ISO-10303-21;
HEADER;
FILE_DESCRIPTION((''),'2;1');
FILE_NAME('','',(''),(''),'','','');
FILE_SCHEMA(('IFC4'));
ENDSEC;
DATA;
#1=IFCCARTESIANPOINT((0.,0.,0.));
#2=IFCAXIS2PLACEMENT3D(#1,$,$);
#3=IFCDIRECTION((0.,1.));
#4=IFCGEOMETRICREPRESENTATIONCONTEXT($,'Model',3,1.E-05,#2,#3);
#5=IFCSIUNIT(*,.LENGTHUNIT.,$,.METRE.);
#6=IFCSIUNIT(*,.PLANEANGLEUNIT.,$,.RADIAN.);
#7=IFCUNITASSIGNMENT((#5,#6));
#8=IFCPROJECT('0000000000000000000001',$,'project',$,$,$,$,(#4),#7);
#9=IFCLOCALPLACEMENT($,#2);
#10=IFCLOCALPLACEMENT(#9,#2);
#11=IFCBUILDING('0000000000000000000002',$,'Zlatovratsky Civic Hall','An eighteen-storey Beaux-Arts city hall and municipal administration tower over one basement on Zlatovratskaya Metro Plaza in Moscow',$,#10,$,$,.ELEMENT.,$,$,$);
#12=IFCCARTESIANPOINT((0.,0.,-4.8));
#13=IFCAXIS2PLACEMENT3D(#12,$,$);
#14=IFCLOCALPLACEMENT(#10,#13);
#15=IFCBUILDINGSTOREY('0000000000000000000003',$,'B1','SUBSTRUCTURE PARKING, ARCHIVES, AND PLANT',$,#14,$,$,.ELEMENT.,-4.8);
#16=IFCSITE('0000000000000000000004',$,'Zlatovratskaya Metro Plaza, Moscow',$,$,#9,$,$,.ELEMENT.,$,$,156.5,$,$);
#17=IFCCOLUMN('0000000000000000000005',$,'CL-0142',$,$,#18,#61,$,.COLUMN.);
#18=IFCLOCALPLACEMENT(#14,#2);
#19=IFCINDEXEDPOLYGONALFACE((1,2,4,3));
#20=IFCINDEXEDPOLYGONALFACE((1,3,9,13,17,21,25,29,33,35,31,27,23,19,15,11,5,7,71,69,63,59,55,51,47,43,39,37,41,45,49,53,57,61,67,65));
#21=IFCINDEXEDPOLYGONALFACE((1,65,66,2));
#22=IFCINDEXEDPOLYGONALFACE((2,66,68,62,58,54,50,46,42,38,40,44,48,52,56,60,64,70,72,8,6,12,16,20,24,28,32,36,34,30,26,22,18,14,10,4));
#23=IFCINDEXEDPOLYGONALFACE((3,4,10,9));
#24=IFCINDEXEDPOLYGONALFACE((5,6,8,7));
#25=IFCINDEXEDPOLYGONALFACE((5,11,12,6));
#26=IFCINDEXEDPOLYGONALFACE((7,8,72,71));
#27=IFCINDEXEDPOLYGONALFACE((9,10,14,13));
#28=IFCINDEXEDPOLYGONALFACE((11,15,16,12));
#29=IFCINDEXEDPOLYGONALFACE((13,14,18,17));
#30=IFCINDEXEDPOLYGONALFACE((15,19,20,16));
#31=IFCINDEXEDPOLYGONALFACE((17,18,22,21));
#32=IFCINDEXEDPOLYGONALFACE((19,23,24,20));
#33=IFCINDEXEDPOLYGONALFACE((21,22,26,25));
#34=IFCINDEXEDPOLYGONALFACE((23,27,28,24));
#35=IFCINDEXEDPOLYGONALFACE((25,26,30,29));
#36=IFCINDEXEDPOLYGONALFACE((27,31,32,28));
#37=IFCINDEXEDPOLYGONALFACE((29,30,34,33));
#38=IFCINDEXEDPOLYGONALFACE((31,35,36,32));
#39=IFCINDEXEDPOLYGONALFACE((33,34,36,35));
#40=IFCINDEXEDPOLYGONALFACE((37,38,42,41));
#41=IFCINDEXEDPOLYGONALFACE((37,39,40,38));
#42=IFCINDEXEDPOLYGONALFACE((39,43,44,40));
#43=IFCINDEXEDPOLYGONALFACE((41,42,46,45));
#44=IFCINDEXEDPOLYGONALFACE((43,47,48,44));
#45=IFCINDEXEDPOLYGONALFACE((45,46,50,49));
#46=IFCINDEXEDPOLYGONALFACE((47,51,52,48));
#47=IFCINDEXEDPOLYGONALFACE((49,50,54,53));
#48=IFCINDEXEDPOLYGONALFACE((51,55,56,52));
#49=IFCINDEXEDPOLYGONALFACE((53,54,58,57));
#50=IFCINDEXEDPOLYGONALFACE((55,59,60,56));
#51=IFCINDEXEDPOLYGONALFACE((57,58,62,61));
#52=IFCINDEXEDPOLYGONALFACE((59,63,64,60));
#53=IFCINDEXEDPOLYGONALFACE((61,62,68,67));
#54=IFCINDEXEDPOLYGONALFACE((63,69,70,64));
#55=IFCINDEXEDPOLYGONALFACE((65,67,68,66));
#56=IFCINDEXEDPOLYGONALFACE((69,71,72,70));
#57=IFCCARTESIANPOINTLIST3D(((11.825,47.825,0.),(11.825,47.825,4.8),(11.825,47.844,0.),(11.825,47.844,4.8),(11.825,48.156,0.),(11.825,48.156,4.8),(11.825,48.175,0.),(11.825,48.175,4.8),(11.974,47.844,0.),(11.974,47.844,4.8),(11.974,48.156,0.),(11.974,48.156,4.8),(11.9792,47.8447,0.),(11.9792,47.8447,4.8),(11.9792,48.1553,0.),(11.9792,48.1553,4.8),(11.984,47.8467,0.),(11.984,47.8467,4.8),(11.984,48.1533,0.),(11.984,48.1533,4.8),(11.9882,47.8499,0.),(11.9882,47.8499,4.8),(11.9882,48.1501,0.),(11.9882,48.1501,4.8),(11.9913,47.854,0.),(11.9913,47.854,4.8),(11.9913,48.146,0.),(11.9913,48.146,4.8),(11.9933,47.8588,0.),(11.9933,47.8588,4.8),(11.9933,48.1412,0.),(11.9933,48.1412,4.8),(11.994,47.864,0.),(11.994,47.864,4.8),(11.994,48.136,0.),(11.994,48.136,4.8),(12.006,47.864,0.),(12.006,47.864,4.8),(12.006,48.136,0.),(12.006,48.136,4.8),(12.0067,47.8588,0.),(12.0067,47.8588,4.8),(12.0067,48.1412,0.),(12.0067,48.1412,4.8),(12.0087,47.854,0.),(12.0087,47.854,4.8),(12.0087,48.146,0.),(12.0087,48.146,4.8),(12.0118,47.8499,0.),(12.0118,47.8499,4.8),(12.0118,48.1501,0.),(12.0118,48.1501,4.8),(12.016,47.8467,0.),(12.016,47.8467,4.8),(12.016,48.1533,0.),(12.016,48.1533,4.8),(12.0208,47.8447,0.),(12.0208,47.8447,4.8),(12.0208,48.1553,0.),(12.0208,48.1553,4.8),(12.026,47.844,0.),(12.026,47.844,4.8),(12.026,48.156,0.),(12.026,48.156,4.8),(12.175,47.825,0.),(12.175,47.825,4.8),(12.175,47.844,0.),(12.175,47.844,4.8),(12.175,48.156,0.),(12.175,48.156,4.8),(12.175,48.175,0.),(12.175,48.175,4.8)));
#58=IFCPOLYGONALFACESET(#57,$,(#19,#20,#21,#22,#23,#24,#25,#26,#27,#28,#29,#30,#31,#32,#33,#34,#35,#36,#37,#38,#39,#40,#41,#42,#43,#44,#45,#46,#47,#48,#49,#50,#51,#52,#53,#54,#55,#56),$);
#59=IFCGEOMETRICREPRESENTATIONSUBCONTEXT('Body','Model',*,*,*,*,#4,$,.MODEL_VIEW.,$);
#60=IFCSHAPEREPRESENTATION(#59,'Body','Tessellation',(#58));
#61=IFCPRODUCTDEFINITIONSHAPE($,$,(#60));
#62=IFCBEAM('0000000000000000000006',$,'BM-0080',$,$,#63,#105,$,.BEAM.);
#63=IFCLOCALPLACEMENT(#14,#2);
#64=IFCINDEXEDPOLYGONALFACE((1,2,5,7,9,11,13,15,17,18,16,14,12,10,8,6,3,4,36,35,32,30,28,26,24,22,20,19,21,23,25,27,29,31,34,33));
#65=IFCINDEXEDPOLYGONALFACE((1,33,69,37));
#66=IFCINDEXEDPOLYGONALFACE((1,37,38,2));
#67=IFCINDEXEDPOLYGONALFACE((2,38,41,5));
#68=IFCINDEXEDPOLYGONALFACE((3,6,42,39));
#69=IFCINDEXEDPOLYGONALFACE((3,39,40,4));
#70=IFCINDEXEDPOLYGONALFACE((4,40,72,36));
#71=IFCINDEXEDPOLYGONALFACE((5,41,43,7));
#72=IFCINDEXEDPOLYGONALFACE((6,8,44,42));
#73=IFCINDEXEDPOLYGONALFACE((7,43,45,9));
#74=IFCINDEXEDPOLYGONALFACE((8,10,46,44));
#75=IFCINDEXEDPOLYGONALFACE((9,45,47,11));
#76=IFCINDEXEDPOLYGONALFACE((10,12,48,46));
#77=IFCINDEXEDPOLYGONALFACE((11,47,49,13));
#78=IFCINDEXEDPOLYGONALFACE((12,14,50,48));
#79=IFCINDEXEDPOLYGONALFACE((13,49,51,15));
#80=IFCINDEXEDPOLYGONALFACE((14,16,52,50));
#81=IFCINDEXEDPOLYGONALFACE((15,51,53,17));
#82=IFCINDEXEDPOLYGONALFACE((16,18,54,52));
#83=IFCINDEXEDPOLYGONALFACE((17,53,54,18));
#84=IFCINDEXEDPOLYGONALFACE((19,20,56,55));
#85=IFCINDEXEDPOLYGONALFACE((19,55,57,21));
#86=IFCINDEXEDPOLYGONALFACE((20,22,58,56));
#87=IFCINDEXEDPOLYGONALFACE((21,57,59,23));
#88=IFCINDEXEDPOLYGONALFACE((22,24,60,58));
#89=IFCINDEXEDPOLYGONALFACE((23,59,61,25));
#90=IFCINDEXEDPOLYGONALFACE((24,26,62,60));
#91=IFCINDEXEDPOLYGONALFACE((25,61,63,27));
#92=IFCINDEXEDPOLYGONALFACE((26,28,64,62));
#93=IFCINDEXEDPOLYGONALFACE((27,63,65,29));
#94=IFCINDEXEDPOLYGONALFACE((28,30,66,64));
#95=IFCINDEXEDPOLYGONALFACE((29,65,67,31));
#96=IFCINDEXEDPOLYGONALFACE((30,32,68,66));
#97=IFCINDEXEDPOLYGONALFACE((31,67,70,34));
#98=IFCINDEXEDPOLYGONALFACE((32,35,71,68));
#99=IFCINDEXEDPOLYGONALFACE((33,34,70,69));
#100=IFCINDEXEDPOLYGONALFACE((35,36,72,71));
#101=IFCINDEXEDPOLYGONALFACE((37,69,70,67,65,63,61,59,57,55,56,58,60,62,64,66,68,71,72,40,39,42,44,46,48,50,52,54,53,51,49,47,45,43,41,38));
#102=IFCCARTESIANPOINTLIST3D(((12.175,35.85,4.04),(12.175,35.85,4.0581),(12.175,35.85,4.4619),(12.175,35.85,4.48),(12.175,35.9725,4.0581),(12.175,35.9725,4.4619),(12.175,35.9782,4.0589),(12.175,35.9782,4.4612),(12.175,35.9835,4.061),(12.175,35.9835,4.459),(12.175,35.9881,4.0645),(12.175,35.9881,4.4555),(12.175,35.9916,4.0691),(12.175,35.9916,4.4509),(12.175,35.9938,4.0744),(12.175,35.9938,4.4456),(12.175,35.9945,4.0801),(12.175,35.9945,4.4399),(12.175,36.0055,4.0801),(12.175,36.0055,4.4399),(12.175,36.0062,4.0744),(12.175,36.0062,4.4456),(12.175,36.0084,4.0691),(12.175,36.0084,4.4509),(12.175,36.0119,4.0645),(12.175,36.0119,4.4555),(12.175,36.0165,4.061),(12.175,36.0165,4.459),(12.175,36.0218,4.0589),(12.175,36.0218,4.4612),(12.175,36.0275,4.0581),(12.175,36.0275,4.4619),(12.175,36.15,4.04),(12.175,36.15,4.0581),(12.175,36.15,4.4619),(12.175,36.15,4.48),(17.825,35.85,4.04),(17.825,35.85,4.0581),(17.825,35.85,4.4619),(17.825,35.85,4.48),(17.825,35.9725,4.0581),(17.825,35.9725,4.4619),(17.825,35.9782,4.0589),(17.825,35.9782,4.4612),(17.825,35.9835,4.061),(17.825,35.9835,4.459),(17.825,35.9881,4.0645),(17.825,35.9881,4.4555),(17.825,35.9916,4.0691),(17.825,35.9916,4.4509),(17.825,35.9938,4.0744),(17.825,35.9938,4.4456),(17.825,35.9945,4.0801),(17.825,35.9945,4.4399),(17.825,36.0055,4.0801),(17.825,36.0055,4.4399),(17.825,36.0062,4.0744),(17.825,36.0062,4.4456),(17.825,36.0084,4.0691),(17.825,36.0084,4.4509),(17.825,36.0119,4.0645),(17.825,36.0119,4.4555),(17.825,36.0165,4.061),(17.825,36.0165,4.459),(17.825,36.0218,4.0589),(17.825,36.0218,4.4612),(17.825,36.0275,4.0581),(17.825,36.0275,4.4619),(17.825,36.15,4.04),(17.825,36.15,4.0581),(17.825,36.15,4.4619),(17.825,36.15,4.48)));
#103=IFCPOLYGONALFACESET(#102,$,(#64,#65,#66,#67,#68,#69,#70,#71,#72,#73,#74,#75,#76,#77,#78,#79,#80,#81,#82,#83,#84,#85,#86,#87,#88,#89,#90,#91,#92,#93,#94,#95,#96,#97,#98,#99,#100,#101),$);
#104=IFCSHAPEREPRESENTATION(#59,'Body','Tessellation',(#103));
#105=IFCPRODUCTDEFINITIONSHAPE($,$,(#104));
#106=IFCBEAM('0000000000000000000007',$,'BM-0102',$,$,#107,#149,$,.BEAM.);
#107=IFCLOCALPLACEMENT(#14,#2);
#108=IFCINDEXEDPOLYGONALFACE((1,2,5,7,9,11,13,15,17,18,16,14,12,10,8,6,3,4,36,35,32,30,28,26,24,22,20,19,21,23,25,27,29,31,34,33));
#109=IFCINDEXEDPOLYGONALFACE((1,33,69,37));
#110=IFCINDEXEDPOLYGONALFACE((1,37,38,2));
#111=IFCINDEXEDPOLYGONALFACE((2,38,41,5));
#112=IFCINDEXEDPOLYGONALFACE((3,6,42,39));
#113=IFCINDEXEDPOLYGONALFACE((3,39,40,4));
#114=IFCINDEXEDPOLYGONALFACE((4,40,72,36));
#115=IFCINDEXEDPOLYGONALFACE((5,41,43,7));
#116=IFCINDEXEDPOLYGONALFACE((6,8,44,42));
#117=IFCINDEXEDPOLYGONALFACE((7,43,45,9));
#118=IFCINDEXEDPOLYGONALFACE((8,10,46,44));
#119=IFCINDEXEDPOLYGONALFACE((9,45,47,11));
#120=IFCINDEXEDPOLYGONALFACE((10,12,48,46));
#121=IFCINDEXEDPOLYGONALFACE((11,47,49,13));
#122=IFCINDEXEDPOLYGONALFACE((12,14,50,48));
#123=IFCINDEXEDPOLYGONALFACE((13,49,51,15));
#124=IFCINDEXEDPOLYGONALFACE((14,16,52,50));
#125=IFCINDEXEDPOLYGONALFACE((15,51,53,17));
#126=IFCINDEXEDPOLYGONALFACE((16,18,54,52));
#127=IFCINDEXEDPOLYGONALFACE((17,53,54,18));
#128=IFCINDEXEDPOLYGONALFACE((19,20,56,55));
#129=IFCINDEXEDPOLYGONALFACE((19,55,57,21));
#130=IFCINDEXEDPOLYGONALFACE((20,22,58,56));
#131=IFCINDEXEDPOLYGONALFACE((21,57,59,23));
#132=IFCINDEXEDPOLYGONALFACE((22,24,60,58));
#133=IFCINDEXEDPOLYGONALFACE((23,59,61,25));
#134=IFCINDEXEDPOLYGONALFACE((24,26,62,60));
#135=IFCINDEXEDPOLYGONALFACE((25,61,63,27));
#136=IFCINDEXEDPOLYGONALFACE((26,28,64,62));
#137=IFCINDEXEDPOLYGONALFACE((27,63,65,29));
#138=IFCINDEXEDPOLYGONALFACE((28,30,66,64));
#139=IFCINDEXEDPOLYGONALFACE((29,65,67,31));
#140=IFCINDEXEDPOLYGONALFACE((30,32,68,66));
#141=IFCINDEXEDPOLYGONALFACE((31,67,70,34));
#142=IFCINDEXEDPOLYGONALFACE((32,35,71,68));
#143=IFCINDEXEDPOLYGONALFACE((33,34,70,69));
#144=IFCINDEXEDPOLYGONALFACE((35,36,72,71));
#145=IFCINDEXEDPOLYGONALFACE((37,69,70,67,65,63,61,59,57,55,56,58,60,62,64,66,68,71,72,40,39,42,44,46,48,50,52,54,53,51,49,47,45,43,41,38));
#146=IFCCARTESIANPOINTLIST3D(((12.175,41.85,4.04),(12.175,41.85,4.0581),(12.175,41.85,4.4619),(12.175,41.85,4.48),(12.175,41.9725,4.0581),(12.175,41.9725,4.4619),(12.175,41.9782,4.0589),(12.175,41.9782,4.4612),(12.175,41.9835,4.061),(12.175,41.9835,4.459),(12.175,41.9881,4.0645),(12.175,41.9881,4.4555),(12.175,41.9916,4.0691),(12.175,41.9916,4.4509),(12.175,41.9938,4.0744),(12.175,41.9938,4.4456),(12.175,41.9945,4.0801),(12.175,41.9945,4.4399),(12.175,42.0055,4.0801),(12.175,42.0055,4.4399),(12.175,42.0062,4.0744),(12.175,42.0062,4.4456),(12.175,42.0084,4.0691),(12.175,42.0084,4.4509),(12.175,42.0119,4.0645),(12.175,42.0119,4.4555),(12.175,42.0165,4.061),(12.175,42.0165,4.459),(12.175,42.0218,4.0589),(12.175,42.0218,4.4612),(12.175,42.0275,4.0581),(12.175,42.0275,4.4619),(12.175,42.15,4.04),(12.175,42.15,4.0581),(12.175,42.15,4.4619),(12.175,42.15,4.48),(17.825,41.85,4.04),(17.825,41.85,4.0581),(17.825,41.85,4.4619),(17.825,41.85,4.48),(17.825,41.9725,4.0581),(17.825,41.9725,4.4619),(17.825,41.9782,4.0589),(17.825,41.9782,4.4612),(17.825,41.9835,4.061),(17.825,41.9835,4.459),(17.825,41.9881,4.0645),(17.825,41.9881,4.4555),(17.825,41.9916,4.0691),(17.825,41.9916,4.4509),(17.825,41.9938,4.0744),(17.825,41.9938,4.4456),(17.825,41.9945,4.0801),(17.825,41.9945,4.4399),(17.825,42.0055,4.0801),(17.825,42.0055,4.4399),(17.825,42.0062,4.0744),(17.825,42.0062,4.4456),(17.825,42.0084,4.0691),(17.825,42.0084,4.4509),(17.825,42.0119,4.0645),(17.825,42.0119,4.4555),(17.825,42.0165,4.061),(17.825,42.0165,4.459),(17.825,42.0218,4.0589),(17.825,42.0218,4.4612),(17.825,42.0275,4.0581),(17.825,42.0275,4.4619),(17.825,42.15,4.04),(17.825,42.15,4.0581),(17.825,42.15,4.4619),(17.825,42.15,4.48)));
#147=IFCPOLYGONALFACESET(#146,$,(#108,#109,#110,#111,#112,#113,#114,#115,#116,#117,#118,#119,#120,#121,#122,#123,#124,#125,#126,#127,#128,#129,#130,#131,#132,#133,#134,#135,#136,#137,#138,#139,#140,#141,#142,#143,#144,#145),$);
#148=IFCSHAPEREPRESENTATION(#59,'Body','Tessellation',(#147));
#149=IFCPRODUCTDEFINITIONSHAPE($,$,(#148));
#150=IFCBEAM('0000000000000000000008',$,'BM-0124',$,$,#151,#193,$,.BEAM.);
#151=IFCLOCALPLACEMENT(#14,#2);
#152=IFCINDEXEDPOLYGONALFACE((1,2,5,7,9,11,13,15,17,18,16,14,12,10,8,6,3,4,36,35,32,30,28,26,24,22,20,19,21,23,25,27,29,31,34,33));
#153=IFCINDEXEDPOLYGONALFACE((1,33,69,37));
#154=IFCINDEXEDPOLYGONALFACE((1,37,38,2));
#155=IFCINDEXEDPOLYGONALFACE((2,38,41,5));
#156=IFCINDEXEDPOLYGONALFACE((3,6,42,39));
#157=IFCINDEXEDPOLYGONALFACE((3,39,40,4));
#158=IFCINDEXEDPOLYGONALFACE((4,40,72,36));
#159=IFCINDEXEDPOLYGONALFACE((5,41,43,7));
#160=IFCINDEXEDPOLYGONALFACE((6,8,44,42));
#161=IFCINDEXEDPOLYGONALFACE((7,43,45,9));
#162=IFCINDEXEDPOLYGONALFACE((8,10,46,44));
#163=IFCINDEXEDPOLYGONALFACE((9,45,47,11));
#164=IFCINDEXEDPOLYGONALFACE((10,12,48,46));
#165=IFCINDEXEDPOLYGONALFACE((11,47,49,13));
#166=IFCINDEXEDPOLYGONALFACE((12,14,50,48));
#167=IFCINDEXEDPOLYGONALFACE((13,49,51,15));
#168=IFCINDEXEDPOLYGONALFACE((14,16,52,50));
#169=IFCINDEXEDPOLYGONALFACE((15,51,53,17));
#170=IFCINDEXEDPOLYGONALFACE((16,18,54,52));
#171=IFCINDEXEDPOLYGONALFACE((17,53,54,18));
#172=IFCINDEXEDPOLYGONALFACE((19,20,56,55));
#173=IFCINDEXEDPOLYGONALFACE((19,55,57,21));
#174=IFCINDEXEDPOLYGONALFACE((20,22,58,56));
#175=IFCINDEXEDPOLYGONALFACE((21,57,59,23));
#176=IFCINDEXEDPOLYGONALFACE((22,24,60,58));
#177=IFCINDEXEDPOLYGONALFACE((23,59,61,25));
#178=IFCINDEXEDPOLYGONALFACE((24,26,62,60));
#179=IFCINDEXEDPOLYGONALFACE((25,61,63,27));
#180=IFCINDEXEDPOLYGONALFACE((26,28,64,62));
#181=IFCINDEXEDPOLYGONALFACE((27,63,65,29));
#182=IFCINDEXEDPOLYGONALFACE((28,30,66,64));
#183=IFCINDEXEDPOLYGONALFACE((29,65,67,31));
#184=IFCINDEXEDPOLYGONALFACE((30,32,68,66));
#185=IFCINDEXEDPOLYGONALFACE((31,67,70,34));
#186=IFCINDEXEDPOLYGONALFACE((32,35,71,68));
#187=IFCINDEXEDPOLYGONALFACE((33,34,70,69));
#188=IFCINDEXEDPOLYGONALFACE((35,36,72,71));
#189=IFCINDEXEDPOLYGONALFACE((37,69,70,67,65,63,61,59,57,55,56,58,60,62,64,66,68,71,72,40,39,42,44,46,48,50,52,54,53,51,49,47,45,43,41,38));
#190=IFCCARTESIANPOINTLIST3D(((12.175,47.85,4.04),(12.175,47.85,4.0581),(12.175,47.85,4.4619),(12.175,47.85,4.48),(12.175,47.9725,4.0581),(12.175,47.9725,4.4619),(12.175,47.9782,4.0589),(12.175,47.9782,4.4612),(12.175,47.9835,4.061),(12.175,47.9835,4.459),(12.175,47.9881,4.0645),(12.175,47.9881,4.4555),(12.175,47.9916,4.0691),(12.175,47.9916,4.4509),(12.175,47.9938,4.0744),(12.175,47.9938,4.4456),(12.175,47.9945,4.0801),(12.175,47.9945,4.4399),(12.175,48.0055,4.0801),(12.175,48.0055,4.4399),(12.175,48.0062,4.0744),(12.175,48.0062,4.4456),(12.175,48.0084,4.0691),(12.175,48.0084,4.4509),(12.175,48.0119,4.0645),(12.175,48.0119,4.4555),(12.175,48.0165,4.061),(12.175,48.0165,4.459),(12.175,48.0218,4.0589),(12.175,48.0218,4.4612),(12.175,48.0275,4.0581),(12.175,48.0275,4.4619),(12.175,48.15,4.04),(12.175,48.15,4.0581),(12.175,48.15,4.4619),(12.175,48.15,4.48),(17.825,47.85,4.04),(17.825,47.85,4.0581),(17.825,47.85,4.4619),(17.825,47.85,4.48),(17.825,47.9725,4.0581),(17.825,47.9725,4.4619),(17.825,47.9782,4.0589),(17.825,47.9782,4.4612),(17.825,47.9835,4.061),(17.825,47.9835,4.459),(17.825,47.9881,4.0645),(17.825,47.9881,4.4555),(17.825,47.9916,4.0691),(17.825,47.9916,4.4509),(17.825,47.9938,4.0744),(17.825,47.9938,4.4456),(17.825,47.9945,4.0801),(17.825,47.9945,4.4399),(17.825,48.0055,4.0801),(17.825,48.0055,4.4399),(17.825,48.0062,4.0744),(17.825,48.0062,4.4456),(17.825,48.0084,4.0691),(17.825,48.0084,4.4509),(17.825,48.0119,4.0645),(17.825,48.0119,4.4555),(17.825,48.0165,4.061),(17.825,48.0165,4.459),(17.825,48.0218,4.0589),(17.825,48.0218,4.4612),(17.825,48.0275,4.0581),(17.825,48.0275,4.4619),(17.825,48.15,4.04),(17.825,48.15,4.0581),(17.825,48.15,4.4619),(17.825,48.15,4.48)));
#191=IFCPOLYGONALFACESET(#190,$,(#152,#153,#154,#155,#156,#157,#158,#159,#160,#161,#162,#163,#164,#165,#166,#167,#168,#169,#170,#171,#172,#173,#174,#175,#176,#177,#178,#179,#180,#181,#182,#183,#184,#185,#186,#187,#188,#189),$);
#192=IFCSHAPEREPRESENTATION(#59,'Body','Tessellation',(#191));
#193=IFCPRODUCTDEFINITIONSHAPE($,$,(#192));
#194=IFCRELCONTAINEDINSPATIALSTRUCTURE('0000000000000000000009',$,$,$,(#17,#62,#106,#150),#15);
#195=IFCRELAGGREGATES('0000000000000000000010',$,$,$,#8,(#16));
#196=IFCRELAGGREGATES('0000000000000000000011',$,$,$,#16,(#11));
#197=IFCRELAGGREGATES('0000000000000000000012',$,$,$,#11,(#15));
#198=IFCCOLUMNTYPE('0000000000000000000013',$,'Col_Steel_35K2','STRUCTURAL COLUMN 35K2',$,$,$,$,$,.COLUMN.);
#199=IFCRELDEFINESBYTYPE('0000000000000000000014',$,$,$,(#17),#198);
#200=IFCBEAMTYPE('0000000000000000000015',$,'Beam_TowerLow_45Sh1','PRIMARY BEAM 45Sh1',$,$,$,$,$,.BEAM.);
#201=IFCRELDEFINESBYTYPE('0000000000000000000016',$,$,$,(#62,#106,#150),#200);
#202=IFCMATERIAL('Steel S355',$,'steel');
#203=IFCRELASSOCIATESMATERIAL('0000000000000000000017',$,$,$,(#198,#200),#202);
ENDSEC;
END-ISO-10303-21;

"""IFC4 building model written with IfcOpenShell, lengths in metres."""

from ifc_helpers import new_model, si_unit, direction, frame, origin, origin_2d, place, context, subcontext, project, spatial, i_section, extrude, material, material_profile, profile_set, type_object, element, save


model = new_model("IFC4")

# Units and contexts
model_context = context("Model", 3, precision=1e-05, world=origin(), true_north=direction((0.0, 1.0)))
body_context = subcontext(model_context, "Body", "Model", "MODEL_VIEW")
ifc_project = project(units=[si_unit("LENGTHUNIT", "METRE"), si_unit("PLANEANGLEUNIT", "RADIAN")], contexts=[model_context])

# Site, building, storey
site_placement = place(None, origin())
site = spatial("IfcSite", under=ifc_project, at=site_placement, Name="Zlatovratskaya Metro Plaza, Moscow", CompositionType="ELEMENT", RefElevation=156.5)
building_placement = place(site_placement, origin())
building = spatial("IfcBuilding", under=site, at=building_placement, Name="Zlatovratsky Civic Hall", Description="An eighteen-storey Beaux-Arts city hall and municipal administration tower over one basement on Zlatovratskaya Metro Plaza in Moscow", CompositionType="ELEMENT")
storey_placement = place(building_placement, frame((0.0, 0.0, -4.8)))
storey = spatial("IfcBuildingStorey", under=building, at=storey_placement, Name="B1", Description="SUBSTRUCTURE PARKING, ARCHIVES, AND PLANT", CompositionType="ELEMENT", Elevation=-4.8)

# Column
ifc_material_1 = material(Name="Steel S355", Category="steel")
ifc_material_profile_1 = material_profile(ifc_material_1, i_section(OverallWidth=0.3501, OverallDepth=0.3501, WebThickness=0.012, FlangeThickness=0.019, FilletRadius=0.02, at=origin_2d()), Name="35K2")
ifc_profile_set_1 = profile_set([ifc_material_profile_1], Name="Steel S355")
column_type = type_object("IfcColumnType", Name="Col_Steel_35K2", Description="STRUCTURAL COLUMN 35K2", PredefinedType="COLUMN", material=ifc_profile_set_1)
for number, where, z_axis, x_axis, name in (
    (1, (12.0, 48.0, 0.0), (0.0, 0.0, 1.0), (1.0, 0.0, 0.0), "CL-0142"),
):
    element("IfcColumn", number, at=place(storey_placement, frame(where, z_axis=z_axis, x_axis=x_axis)), inside=storey, type_object=column_type, Name=name, PredefinedType="COLUMN", context=body_context, shape_type="SweptSolid", body=[
        extrude(i_section(OverallWidth=0.3501, OverallDepth=0.3501, WebThickness=0.012, FlangeThickness=0.019, FilletRadius=0.02, at=origin_2d()), origin(), (0.0, 0.0, 1.0), 4.8),
    ])

# Beams
ifc_material_profile_2 = material_profile(ifc_material_1, i_section(OverallWidth=0.3, OverallDepth=0.4399, WebThickness=0.011, FlangeThickness=0.0181, FilletRadius=0.022, at=origin_2d()), Name="45Sh1")
ifc_profile_set_2 = profile_set([ifc_material_profile_2], Name="Steel S355")
beam_type = type_object("IfcBeamType", Name="Beam_TowerLow_45Sh1", Description="PRIMARY BEAM 45Sh1", PredefinedType="BEAM", material=ifc_profile_set_2)
for number, where, z_axis, x_axis, name in (
    (2, (12.175, 36.0, 4.26), (1.0, 0.0, 0.0), (0.0, 1.0, 0.0), "BM-0080"),
    (3, (12.175, 42.0, 4.26), (1.0, 0.0, 0.0), (0.0, 1.0, 0.0), "BM-0102"),
    (4, (12.175, 48.0, 4.26), (1.0, 0.0, 0.0), (0.0, 1.0, 0.0), "BM-0124"),
):
    element("IfcBeam", number, at=place(storey_placement, frame(where, z_axis=z_axis, x_axis=x_axis)), inside=storey, type_object=beam_type, Name=name, PredefinedType="BEAM", context=body_context, shape_type="SweptSolid", body=[
        extrude(i_section(OverallWidth=0.3, OverallDepth=0.4399, WebThickness=0.011, FlangeThickness=0.0181, FilletRadius=0.022, at=origin_2d()), origin(), (0.0, 0.0, 1.0), 5.6499),
    ])

save(model, "model.ifc")
